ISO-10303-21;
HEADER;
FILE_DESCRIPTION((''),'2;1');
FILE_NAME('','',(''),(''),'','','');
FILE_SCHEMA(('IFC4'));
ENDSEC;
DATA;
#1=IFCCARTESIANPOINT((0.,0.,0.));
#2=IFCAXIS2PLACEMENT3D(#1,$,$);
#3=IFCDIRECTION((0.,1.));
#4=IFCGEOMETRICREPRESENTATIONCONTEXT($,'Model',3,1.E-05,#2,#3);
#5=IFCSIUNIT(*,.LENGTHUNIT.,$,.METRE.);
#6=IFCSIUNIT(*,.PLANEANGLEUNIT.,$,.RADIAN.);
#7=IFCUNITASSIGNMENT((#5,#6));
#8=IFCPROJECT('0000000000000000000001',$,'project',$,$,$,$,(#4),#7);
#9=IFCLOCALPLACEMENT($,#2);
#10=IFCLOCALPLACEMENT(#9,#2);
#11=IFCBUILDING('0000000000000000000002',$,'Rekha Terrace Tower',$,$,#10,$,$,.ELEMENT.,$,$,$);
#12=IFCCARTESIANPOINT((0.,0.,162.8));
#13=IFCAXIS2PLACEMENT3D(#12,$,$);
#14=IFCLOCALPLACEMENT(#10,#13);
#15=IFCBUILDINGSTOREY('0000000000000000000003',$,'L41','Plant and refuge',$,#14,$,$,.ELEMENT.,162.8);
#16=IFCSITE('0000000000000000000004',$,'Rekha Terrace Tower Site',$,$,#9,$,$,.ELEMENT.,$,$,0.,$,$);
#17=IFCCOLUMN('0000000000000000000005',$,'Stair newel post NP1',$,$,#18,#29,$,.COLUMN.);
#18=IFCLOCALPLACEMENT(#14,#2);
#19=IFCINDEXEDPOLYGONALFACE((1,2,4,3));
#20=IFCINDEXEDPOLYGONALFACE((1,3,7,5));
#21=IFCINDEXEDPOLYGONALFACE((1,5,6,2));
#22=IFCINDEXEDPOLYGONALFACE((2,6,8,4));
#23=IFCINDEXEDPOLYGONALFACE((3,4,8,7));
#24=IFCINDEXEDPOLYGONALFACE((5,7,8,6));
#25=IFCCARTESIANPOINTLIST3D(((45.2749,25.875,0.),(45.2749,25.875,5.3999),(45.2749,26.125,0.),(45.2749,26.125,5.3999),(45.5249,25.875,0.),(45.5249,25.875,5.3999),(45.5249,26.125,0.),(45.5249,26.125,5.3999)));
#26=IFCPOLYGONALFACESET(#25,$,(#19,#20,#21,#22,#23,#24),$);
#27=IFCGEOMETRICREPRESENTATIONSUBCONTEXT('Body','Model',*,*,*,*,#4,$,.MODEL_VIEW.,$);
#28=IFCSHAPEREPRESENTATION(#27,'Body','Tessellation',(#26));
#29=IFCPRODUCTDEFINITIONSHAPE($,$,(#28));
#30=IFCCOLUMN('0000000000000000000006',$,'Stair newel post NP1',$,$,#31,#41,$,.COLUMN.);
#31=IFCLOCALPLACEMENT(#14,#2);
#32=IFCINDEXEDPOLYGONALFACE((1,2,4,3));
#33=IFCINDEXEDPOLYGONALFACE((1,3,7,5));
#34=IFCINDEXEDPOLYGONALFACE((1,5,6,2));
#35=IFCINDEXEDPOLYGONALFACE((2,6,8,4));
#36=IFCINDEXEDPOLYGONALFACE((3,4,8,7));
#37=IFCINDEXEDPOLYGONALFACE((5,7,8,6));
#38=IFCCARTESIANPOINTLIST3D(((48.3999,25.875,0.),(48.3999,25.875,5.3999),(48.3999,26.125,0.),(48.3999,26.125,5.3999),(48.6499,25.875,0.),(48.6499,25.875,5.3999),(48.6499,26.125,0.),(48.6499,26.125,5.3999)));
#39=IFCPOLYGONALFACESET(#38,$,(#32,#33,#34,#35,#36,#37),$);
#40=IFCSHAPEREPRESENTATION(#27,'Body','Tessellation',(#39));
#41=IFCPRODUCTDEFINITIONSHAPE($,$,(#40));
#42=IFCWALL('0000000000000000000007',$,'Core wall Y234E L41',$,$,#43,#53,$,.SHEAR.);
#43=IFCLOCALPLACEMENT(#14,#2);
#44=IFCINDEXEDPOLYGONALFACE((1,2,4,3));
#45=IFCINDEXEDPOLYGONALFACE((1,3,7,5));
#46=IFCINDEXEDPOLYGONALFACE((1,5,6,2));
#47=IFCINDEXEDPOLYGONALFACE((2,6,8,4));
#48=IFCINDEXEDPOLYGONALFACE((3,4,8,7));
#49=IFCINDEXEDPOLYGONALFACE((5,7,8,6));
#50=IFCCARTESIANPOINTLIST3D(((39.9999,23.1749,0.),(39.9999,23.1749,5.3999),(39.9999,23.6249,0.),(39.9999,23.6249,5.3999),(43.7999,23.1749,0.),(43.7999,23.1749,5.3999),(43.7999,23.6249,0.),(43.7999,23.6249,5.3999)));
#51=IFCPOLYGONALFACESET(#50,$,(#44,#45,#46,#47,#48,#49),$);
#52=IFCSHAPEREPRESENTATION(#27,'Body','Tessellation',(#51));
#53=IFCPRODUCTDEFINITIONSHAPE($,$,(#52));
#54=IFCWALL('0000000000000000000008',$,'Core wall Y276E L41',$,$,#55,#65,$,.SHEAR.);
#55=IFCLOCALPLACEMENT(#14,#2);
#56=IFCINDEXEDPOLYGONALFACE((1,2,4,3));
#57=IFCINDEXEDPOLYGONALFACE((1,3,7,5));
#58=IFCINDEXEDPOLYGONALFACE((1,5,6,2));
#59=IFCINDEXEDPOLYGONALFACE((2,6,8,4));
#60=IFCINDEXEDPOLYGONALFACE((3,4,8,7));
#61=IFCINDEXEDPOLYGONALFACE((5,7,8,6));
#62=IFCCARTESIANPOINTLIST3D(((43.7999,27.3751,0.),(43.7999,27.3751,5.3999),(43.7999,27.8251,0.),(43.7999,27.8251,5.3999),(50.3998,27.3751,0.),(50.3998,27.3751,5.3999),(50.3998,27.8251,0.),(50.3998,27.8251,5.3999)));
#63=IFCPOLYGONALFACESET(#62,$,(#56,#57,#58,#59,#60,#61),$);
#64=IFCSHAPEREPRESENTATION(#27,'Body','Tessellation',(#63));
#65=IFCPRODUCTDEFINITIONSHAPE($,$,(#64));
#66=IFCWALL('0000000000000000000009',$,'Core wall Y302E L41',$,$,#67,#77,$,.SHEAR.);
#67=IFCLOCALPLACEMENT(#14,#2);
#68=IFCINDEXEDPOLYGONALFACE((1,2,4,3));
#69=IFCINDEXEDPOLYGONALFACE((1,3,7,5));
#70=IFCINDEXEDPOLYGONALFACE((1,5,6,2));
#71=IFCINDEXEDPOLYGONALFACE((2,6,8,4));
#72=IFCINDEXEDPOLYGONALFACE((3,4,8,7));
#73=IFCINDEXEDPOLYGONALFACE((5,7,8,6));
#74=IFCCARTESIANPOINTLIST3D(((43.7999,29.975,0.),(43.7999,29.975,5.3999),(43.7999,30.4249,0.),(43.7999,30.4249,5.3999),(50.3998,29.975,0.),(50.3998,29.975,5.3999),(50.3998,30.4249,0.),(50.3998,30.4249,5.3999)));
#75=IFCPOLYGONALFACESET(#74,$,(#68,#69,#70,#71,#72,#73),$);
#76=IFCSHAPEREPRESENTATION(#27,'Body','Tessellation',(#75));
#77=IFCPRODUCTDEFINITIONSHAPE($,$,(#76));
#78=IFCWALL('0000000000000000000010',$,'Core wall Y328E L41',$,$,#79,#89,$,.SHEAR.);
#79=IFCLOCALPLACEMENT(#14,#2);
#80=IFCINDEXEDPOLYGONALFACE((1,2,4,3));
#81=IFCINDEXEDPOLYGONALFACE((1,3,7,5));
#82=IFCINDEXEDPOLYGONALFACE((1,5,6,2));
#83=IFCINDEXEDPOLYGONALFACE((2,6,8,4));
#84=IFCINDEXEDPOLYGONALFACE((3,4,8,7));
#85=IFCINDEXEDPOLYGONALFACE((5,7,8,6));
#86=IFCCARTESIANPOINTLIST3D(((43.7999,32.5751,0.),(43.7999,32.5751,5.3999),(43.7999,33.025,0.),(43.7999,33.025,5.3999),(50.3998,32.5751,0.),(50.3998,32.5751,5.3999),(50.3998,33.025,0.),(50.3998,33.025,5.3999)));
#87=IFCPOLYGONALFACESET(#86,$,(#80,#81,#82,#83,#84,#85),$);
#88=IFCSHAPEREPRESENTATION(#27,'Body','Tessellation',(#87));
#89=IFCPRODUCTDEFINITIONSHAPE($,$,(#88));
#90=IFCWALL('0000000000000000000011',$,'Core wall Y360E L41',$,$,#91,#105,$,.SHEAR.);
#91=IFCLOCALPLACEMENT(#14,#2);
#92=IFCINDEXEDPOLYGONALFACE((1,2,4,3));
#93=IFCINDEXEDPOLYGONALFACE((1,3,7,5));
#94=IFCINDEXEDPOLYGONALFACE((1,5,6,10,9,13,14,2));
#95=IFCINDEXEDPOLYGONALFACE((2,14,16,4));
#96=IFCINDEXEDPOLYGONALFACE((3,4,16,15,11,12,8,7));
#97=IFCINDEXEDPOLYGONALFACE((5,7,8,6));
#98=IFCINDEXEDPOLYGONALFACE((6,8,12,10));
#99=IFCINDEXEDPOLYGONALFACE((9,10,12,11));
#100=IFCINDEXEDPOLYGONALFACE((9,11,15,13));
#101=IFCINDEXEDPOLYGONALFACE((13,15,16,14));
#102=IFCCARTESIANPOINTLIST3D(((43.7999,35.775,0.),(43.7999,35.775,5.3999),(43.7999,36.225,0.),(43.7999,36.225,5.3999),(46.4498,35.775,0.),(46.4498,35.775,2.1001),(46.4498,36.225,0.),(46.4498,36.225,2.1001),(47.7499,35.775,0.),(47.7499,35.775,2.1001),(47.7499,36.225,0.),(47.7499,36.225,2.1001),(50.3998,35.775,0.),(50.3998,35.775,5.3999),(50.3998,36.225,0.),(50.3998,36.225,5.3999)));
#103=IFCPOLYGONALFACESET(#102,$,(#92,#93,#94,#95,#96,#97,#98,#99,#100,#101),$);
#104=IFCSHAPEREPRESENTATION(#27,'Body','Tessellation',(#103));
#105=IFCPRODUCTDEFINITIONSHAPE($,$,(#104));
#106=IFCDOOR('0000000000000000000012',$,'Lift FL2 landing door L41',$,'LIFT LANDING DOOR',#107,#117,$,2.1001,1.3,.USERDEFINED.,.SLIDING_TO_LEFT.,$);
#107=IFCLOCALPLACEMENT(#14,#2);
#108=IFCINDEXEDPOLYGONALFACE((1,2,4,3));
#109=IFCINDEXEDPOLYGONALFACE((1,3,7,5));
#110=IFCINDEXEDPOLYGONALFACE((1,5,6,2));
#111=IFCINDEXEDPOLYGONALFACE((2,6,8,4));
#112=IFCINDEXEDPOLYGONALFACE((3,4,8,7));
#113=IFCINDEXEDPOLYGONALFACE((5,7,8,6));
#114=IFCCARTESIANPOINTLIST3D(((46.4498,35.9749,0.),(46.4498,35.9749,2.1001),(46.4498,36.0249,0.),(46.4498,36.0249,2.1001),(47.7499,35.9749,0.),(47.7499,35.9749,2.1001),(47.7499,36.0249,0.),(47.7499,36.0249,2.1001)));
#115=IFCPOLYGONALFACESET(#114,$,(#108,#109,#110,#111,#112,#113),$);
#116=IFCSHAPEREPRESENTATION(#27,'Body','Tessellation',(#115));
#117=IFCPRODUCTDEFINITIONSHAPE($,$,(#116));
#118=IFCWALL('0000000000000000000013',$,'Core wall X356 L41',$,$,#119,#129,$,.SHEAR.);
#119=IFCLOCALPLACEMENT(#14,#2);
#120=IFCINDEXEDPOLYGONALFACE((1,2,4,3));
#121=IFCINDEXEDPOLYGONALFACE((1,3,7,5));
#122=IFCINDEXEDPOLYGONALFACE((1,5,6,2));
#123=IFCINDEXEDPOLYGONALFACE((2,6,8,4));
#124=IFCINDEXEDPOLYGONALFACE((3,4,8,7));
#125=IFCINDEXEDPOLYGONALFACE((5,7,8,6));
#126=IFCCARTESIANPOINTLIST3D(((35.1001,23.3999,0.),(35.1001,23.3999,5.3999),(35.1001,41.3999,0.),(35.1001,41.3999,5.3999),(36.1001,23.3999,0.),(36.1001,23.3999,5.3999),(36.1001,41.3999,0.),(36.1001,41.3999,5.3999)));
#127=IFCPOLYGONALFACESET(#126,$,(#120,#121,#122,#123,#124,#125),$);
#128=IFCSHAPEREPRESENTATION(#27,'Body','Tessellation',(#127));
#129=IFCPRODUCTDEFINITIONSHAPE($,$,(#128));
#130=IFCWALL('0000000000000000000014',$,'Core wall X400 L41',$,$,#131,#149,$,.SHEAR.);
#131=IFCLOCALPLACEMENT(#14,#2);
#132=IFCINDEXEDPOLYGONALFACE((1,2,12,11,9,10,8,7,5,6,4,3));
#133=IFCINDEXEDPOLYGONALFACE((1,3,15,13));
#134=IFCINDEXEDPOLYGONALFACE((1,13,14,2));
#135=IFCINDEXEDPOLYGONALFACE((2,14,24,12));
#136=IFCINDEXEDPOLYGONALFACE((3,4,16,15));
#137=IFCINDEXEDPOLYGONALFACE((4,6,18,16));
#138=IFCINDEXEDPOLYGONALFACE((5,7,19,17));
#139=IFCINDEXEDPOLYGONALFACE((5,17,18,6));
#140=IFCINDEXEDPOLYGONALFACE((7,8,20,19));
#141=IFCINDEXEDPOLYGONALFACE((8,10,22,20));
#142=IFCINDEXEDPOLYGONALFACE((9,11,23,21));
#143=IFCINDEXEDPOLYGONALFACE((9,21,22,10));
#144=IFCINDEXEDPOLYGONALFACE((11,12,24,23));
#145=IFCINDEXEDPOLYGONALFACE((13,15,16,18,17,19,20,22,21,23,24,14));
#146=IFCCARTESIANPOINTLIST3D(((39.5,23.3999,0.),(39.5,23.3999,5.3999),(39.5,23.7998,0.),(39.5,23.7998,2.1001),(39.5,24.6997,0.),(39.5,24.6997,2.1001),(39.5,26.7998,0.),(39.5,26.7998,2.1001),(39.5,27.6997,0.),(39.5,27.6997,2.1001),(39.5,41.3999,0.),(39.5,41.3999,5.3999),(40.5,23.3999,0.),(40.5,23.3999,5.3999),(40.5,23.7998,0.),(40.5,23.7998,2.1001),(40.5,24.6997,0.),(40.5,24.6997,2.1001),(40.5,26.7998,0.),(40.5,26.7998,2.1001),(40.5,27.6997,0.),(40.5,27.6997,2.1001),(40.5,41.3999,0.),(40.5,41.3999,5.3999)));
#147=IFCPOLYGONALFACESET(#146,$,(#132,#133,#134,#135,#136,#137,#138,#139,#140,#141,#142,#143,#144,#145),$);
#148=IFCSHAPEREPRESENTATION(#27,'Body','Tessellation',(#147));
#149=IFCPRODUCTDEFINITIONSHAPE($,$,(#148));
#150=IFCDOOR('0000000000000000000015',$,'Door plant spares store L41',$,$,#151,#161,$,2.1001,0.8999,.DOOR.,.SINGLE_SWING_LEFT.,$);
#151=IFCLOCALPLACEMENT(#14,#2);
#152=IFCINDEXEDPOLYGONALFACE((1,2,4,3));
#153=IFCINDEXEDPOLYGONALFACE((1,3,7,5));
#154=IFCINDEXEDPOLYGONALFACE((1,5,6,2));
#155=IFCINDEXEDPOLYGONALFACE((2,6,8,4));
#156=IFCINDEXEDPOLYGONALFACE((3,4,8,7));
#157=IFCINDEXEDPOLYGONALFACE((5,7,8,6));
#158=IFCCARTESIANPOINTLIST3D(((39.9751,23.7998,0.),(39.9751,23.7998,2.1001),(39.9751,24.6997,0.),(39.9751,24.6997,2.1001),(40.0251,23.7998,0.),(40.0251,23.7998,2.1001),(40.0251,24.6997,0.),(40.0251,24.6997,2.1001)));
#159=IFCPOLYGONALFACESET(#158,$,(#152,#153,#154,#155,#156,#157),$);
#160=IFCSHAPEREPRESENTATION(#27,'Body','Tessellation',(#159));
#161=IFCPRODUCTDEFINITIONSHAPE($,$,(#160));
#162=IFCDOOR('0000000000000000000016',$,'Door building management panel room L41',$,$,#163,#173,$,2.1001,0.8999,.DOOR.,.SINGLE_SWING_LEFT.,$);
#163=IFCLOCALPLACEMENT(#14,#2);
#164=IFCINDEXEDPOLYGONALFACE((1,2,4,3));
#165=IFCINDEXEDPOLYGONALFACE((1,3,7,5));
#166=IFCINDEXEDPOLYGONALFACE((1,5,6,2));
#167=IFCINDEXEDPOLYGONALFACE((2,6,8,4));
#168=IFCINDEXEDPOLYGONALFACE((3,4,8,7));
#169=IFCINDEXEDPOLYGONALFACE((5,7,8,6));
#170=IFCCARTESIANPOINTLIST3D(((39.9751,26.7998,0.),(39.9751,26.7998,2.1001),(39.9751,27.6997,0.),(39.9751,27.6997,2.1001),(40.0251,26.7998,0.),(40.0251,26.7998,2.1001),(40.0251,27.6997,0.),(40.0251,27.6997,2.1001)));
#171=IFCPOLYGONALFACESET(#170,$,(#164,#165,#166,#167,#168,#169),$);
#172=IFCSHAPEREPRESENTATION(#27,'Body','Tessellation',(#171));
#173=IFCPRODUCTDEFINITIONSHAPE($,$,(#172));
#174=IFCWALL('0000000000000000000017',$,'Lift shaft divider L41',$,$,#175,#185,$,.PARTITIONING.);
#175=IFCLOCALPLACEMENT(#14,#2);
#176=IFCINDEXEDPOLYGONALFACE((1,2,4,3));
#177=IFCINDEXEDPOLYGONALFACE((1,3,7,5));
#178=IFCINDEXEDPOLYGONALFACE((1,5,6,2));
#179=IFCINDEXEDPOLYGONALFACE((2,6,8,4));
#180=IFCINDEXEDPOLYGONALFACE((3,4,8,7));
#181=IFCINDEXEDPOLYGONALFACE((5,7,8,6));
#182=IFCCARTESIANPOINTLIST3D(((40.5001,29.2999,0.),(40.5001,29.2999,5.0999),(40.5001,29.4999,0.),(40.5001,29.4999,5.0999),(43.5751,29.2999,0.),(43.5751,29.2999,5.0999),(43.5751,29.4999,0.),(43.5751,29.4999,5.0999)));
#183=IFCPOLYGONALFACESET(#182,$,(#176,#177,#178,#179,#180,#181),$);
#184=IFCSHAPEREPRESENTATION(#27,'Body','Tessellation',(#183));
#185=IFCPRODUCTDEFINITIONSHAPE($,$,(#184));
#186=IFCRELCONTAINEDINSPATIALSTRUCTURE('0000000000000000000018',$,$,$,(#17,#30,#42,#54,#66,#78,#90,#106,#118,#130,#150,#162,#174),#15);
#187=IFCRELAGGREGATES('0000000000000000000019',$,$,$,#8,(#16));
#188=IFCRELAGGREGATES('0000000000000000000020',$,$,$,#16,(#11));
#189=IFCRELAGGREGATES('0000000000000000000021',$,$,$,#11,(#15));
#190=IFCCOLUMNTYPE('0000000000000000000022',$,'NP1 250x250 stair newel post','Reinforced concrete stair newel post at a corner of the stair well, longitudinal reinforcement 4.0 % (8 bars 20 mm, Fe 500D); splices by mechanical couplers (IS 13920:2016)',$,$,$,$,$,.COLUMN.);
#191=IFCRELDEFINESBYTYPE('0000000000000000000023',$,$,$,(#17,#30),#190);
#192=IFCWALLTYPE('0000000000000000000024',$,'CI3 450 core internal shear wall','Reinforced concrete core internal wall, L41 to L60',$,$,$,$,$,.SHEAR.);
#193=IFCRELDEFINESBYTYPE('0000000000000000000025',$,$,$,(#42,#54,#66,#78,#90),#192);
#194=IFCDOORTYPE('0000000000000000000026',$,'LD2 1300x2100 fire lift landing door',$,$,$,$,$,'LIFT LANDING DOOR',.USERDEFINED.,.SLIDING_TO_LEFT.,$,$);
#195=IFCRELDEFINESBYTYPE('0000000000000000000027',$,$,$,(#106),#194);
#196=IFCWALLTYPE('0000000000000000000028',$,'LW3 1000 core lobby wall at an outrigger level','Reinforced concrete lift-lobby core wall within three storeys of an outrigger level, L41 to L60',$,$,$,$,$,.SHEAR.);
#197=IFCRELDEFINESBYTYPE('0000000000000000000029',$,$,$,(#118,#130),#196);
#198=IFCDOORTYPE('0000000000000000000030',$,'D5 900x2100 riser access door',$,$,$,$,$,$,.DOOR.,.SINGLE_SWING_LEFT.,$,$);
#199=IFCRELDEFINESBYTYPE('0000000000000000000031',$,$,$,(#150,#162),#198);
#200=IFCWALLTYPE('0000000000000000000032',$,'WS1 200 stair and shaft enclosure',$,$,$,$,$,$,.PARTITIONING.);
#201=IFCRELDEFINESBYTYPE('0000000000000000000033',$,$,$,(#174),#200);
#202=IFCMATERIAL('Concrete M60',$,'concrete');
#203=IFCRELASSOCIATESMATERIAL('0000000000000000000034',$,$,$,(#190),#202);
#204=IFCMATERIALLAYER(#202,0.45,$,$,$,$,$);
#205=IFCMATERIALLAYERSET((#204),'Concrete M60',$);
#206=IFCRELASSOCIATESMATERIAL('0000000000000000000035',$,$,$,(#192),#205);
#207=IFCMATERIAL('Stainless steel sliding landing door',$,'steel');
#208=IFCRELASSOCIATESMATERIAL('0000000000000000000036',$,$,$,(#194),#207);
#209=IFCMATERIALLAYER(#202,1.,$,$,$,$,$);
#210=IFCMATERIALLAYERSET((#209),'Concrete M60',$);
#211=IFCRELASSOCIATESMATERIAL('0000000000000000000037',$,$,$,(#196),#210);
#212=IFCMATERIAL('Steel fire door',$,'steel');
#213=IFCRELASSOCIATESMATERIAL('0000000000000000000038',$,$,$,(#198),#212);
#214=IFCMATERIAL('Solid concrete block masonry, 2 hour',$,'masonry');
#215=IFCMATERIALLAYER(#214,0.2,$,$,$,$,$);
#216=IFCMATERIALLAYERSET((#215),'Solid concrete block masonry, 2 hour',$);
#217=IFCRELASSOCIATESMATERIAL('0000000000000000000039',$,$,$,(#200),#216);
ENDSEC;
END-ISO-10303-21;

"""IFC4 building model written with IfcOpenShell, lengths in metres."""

from ifc_helpers import new_model, si_unit, direction, frame, frame_2d, origin, origin_2d, place, context, subcontext, project, spatial, rectangle, extrude, material, layer, layer_set, material_profile, profile_set, type_object, element, fill, save


model = new_model("IFC4")

# Units and contexts
model_context = context("Model", 3, precision=1e-05, world=origin(), true_north=direction((0.0, 1.0)))
body_context = subcontext(model_context, "Body", "Model", "MODEL_VIEW")
ifc_project = project(units=[si_unit("LENGTHUNIT", "METRE"), si_unit("PLANEANGLEUNIT", "RADIAN")], contexts=[model_context])

# Site, building, storey
site_placement = place(None, origin())
site = spatial("IfcSite", under=ifc_project, at=site_placement, Name="Rekha Terrace Tower Site", CompositionType="ELEMENT", RefElevation=0.0)
building_placement = place(site_placement, origin())
building = spatial("IfcBuilding", under=site, at=building_placement, Name="Rekha Terrace Tower", CompositionType="ELEMENT")
storey_placement = place(building_placement, frame((0.0, 0.0, 162.8)))
storey = spatial("IfcBuildingStorey", under=building, at=storey_placement, Name="L41", Description="Plant and refuge", CompositionType="ELEMENT", Elevation=162.8)

# Columns
ifc_material_1 = material(Name="Concrete M60", Category="concrete")
ifc_material_profile = material_profile(ifc_material_1, rectangle(XDim=0.25, YDim=0.25, at=origin_2d()), Name="RC 250x250")
ifc_profile_set = profile_set([ifc_material_profile], Name="Concrete M60")
column_type = type_object("IfcColumnType", Name="NP1 250x250 stair newel post", Description="Reinforced concrete stair newel post at a corner of the stair well, longitudinal reinforcement 4.0 % (8 bars 20 mm, Fe 500D); splices by mechanical couplers (IS 13920:2016)", PredefinedType="COLUMN", material=ifc_profile_set)
for number, where, z_axis, x_axis, name in (
    (1, (45.3999, 26.0, 0.0), (0.0, 0.0, 1.0), (1.0, 0.0, 0.0), "Stair newel post NP1"),
    (2, (48.5249, 26.0, 0.0), (0.0, 0.0, 1.0), (1.0, 0.0, 0.0), "Stair newel post NP1"),
):
    element("IfcColumn", number, at=place(storey_placement, frame(where, z_axis=z_axis, x_axis=x_axis)), inside=storey, type_object=column_type, Name=name, PredefinedType="COLUMN", context=body_context, shape_type="SweptSolid", body=[
        extrude(rectangle(XDim=0.25, YDim=0.25, at=origin_2d()), origin(), (0.0, 0.0, 1.0), 5.3999),
    ])

# Walls
ifc_layer_1 = layer(ifc_material_1, 0.45)
ifc_layer_set_1 = layer_set([ifc_layer_1], Name="Concrete M60")
wall_type_1 = type_object("IfcWallType", Name="CI3 450 core internal shear wall", Description="Reinforced concrete core internal wall, L41 to L60", PredefinedType="SHEAR", material=ifc_layer_set_1)
wall_1_placement = place(storey_placement, frame((40.0, 23.3999, 0.0), z_axis=(0.0, 0.0, 1.0), x_axis=(1.0, 0.0, 0.0)))
element("IfcWall", 3, at=wall_1_placement, inside=storey, type_object=wall_type_1, Name="Core wall Y234E L41", PredefinedType="SHEAR", context=body_context, shape_type="SweptSolid", body=[
    extrude(rectangle(XDim=3.8, YDim=0.45, at=frame_2d((1.8999, 0.0))), origin(), (0.0, 0.0, 1.0), 5.3999),
])
for number, where, z_axis, x_axis, name in (
    (4, (43.8, 27.6001, 0.0), (0.0, 0.0, 1.0), (1.0, 0.0, 0.0), "Core wall Y276E L41"),
    (5, (43.8, 30.2, 0.0), (0.0, 0.0, 1.0), (1.0, 0.0, 0.0), "Core wall Y302E L41"),
    (6, (43.8, 32.8, 0.0), (0.0, 0.0, 1.0), (1.0, 0.0, 0.0), "Core wall Y328E L41"),
):
    element("IfcWall", number, at=place(storey_placement, frame(where, z_axis=z_axis, x_axis=x_axis)), inside=storey, type_object=wall_type_1, Name=name, PredefinedType="SHEAR", context=body_context, shape_type="SweptSolid", body=[
        extrude(rectangle(XDim=6.5999, YDim=0.45, at=frame_2d((3.2998, 0.0))), origin(), (0.0, 0.0, 1.0), 5.3999),
    ])

# Wall, opening, door
wall_2_placement = place(storey_placement, frame((43.8, 36.0, 0.0), z_axis=(0.0, 0.0, 1.0), x_axis=(1.0, 0.0, 0.0)))
wall_2 = element("IfcWall", 7, at=wall_2_placement, inside=storey, type_object=wall_type_1, Name="Core wall Y360E L41", PredefinedType="SHEAR", context=body_context, shape_type="SweptSolid", body=[
    extrude(rectangle(XDim=6.5999, YDim=0.45, at=frame_2d((3.2998, 0.0))), origin(), (0.0, 0.0, 1.0), 5.3999),
])
opening_1_placement = place(wall_2_placement, frame((2.6499, 0.0, 0.0)))
opening_1 = element("IfcOpeningElement", 8, at=opening_1_placement, cuts=wall_2, PredefinedType="OPENING", context=body_context, shape_type="SweptSolid", body=[
    extrude(rectangle(XDim=1.3, YDim=2.1001, at=frame_2d((0.6499, 1.05))), frame((0.0, 0.2349, 0.0), z_axis=(0.0, -1.0, 0.0), x_axis=(1.0, 0.0, 0.0)), (0.0, 0.0, 1.0), 0.47),
])
ifc_material_2 = material(Name="Stainless steel sliding landing door", Category="steel")
door_type_1 = type_object("IfcDoorType", Name="LD2 1300x2100 fire lift landing door", ElementType="LIFT LANDING DOOR", OperationType="SLIDING_TO_LEFT", PredefinedType="USERDEFINED", material=ifc_material_2)
door_1_placement = place(opening_1_placement, origin())
door_1 = element("IfcDoor", 9, at=door_1_placement, inside=storey, type_object=door_type_1, Name="Lift FL2 landing door L41", ObjectType="LIFT LANDING DOOR", OperationType="SLIDING_TO_LEFT", OverallHeight=2.1001, OverallWidth=1.3, PredefinedType="USERDEFINED", context=body_context, shape_type="SweptSolid", body=[
    extrude(rectangle(XDim=1.3, YDim=2.1001, at=frame_2d((0.6499, 1.05))), frame((0.0, 0.0249, 0.0), z_axis=(0.0, -1.0, 0.0), x_axis=(1.0, 0.0, 0.0)), (0.0, 0.0, 1.0), 0.05),
])
fill(opening_1, door_1)

# Wall
ifc_layer_2 = layer(ifc_material_1, 1.0)
ifc_layer_set_2 = layer_set([ifc_layer_2], Name="Concrete M60")
wall_type_2 = type_object("IfcWallType", Name="LW3 1000 core lobby wall at an outrigger level", Description="Reinforced concrete lift-lobby core wall within three storeys of an outrigger level, L41 to L60", PredefinedType="SHEAR", material=ifc_layer_set_2)
wall_3_placement = place(storey_placement, frame((35.6001, 23.3999, 0.0), z_axis=(0.0, 0.0, 1.0), x_axis=(0.0, 1.0, 0.0)))
element("IfcWall", 10, at=wall_3_placement, inside=storey, type_object=wall_type_2, Name="Core wall X356 L41", PredefinedType="SHEAR", context=body_context, shape_type="SweptSolid", body=[
    extrude(rectangle(XDim=18.0, YDim=1.0, at=frame_2d((9.0, 0.0))), origin(), (0.0, 0.0, 1.0), 5.3999),
])

# Wall, openings, doors
wall_4_placement = place(storey_placement, frame((40.0, 23.3999, 0.0), z_axis=(0.0, 0.0, 1.0), x_axis=(0.0, 1.0, 0.0)))
wall_4 = element("IfcWall", 11, at=wall_4_placement, inside=storey, type_object=wall_type_2, Name="Core wall X400 L41", PredefinedType="SHEAR", context=body_context, shape_type="SweptSolid", body=[
    extrude(rectangle(XDim=18.0, YDim=1.0, at=frame_2d((9.0, 0.0))), origin(), (0.0, 0.0, 1.0), 5.3999),
])
opening_2_placement = place(wall_4_placement, frame((0.3999, 0.0, 0.0)))
opening_2 = element("IfcOpeningElement", 12, at=opening_2_placement, cuts=wall_4, PredefinedType="OPENING", context=body_context, shape_type="SweptSolid", body=[
    extrude(rectangle(XDim=0.8999, YDim=2.1001, at=frame_2d((0.45, 1.05))), frame((0.0, 0.51, 0.0), z_axis=(0.0, -1.0, 0.0), x_axis=(1.0, 0.0, 0.0)), (0.0, 0.0, 1.0), 1.02),
])
opening_3_placement = place(wall_4_placement, frame((3.3999, 0.0, 0.0)))
opening_3 = element("IfcOpeningElement", 13, at=opening_3_placement, cuts=wall_4, PredefinedType="OPENING", context=body_context, shape_type="SweptSolid", body=[
    extrude(rectangle(XDim=0.8999, YDim=2.1001, at=frame_2d((0.45, 1.05))), frame((0.0, 0.51, 0.0), z_axis=(0.0, -1.0, 0.0), x_axis=(1.0, 0.0, 0.0)), (0.0, 0.0, 1.0), 1.02),
])
ifc_material_3 = material(Name="Steel fire door", Category="steel")
door_type_2 = type_object("IfcDoorType", Name="D5 900x2100 riser access door", OperationType="SINGLE_SWING_LEFT", PredefinedType="DOOR", material=ifc_material_3)
door_2_placement = place(opening_2_placement, origin())
door_2 = element("IfcDoor", 14, at=door_2_placement, inside=storey, type_object=door_type_2, Name="Door plant spares store L41", OperationType="SINGLE_SWING_LEFT", OverallHeight=2.1001, OverallWidth=0.8999, PredefinedType="DOOR", context=body_context, shape_type="SweptSolid", body=[
    extrude(rectangle(XDim=0.8999, YDim=2.1001, at=frame_2d((0.45, 1.05))), frame((0.0, 0.0249, 0.0), z_axis=(0.0, -1.0, 0.0), x_axis=(1.0, 0.0, 0.0)), (0.0, 0.0, 1.0), 0.05),
])
fill(opening_2, door_2)
door_3_placement = place(opening_3_placement, origin())
door_3 = element("IfcDoor", 15, at=door_3_placement, inside=storey, type_object=door_type_2, Name="Door building management panel room L41", OperationType="SINGLE_SWING_LEFT", OverallHeight=2.1001, OverallWidth=0.8999, PredefinedType="DOOR", context=body_context, shape_type="SweptSolid", body=[
    extrude(rectangle(XDim=0.8999, YDim=2.1001, at=frame_2d((0.45, 1.05))), frame((0.0, 0.0249, 0.0), z_axis=(0.0, -1.0, 0.0), x_axis=(1.0, 0.0, 0.0)), (0.0, 0.0, 1.0), 0.05),
])
fill(opening_3, door_3)

# Wall
ifc_material_4 = material(Name="Solid concrete block masonry, 2 hour", Category="masonry")
ifc_layer_3 = layer(ifc_material_4, 0.2)
ifc_layer_set_3 = layer_set([ifc_layer_3], Name="Solid concrete block masonry, 2 hour")
wall_type_3 = type_object("IfcWallType", Name="WS1 200 stair and shaft enclosure", PredefinedType="PARTITIONING", material=ifc_layer_set_3)
for number, where, z_axis, x_axis, name in (
    (16, (40.5, 29.3999, 0.0), (0.0, 0.0, 1.0), (1.0, 0.0, 0.0), "Lift shaft divider L41"),
):
    element("IfcWall", number, at=place(storey_placement, frame(where, z_axis=z_axis, x_axis=x_axis)), inside=storey, type_object=wall_type_3, Name=name, PredefinedType="PARTITIONING", context=body_context, shape_type="SweptSolid", body=[
        extrude(rectangle(XDim=3.075, YDim=0.2, at=frame_2d((1.5376, 0.0))), origin(), (0.0, 0.0, 1.0), 5.0999),
    ])

save(model, "model.ifc")
